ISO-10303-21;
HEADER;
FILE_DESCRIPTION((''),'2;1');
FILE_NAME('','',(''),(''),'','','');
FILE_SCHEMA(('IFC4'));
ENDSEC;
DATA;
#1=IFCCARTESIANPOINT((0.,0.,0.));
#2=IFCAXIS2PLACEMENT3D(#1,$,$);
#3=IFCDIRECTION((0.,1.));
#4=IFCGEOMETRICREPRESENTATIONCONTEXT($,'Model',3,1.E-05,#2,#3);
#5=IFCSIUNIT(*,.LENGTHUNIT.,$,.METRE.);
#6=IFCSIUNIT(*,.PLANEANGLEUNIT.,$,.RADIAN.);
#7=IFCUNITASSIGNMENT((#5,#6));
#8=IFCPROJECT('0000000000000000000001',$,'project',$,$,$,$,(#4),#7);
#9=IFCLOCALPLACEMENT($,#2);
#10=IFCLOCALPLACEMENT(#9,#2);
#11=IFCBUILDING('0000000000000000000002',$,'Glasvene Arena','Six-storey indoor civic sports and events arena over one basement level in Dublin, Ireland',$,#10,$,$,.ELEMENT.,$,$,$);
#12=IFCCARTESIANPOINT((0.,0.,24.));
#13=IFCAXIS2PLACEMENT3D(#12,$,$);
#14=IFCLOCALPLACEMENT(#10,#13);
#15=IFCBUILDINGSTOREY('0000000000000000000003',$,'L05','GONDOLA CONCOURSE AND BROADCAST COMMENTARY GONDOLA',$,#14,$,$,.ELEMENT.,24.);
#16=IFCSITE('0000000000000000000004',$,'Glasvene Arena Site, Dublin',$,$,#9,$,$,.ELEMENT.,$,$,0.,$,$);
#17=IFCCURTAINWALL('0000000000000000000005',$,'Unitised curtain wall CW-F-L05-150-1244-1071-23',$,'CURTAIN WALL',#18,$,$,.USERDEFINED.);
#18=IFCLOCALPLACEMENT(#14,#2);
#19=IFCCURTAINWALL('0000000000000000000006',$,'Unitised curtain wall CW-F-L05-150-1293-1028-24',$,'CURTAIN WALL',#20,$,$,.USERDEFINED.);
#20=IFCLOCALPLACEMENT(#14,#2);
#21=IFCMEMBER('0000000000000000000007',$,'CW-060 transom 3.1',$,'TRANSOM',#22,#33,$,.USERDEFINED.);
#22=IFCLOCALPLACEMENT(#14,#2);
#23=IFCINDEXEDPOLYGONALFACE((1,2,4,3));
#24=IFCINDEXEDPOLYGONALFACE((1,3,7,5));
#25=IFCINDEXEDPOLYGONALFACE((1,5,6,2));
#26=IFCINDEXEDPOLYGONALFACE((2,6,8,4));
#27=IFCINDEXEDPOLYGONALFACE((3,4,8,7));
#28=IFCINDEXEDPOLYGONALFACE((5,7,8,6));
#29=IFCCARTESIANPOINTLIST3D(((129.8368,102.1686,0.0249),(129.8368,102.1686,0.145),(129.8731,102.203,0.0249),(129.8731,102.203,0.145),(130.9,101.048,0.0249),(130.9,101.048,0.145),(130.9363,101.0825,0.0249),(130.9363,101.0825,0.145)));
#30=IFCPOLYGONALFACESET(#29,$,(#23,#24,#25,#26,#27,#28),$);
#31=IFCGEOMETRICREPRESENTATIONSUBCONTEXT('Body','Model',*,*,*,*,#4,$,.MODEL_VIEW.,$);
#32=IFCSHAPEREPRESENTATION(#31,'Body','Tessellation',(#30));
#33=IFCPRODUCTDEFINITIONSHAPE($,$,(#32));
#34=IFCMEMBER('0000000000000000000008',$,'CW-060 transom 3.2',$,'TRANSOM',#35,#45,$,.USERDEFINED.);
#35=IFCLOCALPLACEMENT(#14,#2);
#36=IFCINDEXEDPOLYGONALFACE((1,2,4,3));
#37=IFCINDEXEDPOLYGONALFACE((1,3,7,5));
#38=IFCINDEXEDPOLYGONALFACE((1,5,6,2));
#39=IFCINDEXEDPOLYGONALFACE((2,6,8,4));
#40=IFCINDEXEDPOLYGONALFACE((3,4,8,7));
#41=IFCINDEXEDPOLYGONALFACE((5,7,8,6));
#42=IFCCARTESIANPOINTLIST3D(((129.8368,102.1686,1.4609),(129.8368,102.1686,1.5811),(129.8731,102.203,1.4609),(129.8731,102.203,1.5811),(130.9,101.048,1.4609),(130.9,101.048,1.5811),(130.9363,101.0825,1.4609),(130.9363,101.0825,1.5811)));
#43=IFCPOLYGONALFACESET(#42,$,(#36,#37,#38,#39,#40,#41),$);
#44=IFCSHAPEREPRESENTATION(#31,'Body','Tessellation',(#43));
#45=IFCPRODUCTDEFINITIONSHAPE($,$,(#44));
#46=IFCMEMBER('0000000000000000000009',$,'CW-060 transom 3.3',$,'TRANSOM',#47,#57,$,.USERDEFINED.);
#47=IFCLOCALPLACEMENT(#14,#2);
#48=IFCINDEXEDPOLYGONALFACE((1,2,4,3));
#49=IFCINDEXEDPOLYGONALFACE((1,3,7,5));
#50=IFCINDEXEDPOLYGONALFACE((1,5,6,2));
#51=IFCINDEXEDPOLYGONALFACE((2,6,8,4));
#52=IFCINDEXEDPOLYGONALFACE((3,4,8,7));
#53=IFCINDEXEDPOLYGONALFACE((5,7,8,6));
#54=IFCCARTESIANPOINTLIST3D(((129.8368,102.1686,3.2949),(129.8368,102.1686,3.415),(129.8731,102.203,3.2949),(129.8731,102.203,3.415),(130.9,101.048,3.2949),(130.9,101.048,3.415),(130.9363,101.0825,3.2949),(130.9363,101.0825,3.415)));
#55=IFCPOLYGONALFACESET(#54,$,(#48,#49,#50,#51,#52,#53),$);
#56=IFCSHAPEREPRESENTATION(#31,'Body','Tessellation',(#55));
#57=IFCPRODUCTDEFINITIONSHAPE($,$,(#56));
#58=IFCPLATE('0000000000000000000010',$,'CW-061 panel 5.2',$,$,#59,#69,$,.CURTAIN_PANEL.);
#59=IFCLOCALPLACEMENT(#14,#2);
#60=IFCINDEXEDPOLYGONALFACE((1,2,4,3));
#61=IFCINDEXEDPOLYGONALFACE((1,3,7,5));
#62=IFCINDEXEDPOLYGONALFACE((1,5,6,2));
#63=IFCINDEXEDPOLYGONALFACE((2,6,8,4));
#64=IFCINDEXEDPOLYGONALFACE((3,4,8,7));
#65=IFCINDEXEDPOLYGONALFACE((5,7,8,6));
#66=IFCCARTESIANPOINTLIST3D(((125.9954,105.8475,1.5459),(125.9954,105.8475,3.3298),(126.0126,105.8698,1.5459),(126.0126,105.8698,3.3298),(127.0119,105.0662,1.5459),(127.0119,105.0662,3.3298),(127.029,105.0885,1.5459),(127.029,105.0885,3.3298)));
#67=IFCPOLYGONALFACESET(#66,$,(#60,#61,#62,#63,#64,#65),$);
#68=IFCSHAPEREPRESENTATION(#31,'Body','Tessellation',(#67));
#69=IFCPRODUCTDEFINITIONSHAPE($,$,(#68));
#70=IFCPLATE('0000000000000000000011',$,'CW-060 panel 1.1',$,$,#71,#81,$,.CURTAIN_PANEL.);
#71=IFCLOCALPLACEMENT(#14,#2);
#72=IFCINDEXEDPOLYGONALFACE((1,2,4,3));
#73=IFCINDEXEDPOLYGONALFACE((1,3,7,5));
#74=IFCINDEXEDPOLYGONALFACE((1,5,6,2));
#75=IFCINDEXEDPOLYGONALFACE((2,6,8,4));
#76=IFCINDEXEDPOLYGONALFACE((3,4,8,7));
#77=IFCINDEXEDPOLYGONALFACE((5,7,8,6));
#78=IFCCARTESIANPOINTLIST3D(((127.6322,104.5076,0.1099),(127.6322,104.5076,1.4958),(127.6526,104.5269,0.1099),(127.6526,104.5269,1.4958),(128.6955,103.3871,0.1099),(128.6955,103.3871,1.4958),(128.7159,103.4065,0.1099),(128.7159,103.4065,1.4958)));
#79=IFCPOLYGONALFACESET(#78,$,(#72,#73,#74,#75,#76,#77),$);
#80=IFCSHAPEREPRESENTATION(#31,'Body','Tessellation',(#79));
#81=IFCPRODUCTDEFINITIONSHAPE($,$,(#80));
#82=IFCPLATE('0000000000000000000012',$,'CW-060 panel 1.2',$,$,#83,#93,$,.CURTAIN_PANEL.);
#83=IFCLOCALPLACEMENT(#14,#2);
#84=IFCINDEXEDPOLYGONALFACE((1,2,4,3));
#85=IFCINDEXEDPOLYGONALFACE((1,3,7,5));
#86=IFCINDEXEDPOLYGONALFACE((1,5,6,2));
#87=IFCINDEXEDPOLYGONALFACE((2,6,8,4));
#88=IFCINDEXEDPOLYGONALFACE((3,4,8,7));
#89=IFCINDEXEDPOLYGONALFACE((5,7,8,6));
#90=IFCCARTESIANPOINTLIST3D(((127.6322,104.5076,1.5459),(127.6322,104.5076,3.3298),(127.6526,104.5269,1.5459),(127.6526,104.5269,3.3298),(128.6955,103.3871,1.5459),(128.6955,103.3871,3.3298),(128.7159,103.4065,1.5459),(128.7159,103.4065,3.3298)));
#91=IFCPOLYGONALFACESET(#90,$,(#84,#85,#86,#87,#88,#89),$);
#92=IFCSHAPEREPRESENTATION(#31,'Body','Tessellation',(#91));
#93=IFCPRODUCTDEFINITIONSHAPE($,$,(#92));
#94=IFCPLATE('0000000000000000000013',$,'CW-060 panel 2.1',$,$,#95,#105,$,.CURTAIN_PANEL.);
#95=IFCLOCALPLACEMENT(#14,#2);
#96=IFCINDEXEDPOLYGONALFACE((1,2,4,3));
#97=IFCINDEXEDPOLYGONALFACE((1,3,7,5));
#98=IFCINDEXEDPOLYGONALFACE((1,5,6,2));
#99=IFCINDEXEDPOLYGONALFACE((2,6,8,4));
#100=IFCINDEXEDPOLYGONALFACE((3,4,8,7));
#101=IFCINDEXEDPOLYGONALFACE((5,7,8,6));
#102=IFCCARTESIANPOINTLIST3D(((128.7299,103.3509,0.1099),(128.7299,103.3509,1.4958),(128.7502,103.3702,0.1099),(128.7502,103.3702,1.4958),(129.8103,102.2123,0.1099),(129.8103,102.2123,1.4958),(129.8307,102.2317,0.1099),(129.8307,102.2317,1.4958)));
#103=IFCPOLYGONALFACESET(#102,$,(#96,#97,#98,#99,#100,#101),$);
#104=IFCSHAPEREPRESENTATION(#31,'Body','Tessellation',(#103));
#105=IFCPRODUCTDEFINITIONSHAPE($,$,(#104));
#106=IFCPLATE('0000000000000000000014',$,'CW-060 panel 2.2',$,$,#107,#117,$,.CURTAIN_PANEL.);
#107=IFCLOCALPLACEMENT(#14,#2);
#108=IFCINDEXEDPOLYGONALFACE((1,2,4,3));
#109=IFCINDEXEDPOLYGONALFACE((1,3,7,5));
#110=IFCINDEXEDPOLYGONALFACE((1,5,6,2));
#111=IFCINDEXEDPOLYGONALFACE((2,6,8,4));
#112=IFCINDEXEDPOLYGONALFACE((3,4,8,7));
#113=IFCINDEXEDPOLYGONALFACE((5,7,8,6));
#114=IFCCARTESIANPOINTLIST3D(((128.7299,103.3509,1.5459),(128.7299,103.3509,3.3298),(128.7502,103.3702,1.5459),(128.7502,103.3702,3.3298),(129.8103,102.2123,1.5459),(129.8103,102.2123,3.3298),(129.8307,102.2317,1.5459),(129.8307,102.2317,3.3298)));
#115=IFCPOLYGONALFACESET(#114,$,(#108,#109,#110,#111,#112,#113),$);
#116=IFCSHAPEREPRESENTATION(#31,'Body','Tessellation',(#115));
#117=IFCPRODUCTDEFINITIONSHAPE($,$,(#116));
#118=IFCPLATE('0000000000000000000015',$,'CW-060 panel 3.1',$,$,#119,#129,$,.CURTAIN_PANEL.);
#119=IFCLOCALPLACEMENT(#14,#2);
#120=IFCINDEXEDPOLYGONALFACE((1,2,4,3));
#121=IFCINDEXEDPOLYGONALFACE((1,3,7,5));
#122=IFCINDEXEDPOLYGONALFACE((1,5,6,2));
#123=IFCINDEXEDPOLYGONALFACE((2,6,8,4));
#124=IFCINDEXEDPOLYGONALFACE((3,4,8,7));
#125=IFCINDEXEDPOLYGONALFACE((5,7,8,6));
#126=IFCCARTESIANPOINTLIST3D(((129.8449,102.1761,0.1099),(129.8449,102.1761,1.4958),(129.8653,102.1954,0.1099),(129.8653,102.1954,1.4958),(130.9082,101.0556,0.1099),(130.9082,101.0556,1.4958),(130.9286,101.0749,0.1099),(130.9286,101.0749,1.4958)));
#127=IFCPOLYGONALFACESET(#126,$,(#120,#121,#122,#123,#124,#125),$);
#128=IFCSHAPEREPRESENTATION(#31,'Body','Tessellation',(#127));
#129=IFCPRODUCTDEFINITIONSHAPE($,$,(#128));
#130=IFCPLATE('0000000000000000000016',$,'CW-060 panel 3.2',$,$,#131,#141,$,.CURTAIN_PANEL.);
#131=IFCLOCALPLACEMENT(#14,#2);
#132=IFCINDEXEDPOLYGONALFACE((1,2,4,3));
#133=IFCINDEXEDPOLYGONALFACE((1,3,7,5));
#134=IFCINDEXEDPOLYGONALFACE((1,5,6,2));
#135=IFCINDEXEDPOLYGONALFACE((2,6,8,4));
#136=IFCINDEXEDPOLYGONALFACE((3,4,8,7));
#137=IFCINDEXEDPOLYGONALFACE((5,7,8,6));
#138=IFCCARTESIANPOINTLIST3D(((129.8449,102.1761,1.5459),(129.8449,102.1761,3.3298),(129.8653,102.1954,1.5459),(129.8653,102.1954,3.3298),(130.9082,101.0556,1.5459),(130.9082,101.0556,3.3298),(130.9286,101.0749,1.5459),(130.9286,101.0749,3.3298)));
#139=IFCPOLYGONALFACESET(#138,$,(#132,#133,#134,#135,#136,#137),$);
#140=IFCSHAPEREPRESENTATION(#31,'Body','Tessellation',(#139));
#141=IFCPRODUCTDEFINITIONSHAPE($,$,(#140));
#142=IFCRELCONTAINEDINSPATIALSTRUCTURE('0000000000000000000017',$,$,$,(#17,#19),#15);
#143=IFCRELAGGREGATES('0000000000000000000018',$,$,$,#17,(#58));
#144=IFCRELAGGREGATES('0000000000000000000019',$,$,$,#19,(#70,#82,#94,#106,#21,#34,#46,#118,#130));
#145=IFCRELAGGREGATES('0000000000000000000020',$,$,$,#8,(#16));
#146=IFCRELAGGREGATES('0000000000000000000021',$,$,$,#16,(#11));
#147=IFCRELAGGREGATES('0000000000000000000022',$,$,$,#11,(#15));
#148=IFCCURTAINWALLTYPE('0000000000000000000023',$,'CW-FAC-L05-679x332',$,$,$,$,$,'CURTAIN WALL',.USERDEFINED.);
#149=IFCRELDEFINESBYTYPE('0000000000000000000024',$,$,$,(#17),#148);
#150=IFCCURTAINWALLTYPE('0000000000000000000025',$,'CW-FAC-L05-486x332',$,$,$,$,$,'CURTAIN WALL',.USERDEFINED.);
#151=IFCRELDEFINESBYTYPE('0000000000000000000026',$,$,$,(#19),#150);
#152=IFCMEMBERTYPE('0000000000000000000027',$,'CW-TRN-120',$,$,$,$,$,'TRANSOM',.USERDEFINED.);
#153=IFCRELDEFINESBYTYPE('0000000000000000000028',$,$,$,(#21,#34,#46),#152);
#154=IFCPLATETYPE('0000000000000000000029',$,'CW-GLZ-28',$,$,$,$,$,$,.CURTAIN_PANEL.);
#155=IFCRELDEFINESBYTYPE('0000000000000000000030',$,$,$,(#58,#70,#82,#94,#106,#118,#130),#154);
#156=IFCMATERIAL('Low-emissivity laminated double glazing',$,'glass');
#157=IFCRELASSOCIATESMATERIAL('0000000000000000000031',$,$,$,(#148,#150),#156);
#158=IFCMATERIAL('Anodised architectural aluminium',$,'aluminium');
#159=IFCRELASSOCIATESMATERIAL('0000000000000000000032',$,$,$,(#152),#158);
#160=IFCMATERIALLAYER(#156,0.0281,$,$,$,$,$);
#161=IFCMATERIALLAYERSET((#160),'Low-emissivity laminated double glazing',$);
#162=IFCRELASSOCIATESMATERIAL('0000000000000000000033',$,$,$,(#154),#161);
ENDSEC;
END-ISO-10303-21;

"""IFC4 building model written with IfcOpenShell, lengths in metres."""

from ifc_helpers import new_model, si_unit, direction, frame, origin, origin_2d, place, context, subcontext, project, spatial, rectangle, extrude, material, layer, layer_set, material_profile, profile_set, type_object, element, aggregate, save


model = new_model("IFC4")

# Units and contexts
model_context = context("Model", 3, precision=1e-05, world=origin(), true_north=direction((0.0, 1.0)))
body_context = subcontext(model_context, "Body", "Model", "MODEL_VIEW")
ifc_project = project(units=[si_unit("LENGTHUNIT", "METRE"), si_unit("PLANEANGLEUNIT", "RADIAN")], contexts=[model_context])

# Site, building, storey
site_placement = place(None, origin())
site = spatial("IfcSite", under=ifc_project, at=site_placement, Name="Glasvene Arena Site, Dublin", CompositionType="ELEMENT", RefElevation=0.0)
building_placement = place(site_placement, origin())
building = spatial("IfcBuilding", under=site, at=building_placement, Name="Glasvene Arena", Description="Six-storey indoor civic sports and events arena over one basement level in Dublin, Ireland", CompositionType="ELEMENT")
storey_placement = place(building_placement, frame((0.0, 0.0, 24.0)))
storey = spatial("IfcBuildingStorey", under=building, at=storey_placement, Name="L05", Description="GONDOLA CONCOURSE AND BROADCAST COMMENTARY GONDOLA", CompositionType="ELEMENT", Elevation=24.0)

# Curtain wall
ifc_material_1 = material(Name="Low-emissivity laminated double glazing", Category="glass")
curtain_wall_type_1 = type_object("IfcCurtainWallType", Name="CW-FAC-L05-679x332", ElementType="CURTAIN WALL", PredefinedType="USERDEFINED", material=ifc_material_1)
curtain_wall_1_placement = place(storey_placement, frame((121.6804, 109.1821, 0.0)))
curtain_wall_1 = element("IfcCurtainWall", 1, at=curtain_wall_1_placement, inside=storey, type_object=curtain_wall_type_1, Name="Unitised curtain wall CW-F-L05-150-1244-1071-23", ObjectType="CURTAIN WALL", PredefinedType="USERDEFINED")
ifc_material_2 = material(Name="Anodised architectural aluminium", Category="aluminium")

# Curtain wall, members
curtain_wall_type_2 = type_object("IfcCurtainWallType", Name="CW-FAC-L05-486x332", ElementType="CURTAIN WALL", PredefinedType="USERDEFINED", material=ifc_material_1)
curtain_wall_2_placement = place(storey_placement, frame((127.6079, 104.5535, 0.0)))
curtain_wall_2 = element("IfcCurtainWall", 2, at=curtain_wall_2_placement, inside=storey, type_object=curtain_wall_type_2, Name="Unitised curtain wall CW-F-L05-150-1293-1028-24", ObjectType="CURTAIN WALL", PredefinedType="USERDEFINED")
ifc_material_profile_1 = material_profile(ifc_material_2, rectangle(XDim=0.05, YDim=0.1201, at=origin_2d()), Name="ALU TRANSOM 50x120")
ifc_profile_set_1 = profile_set([ifc_material_profile_1], Name="Anodised architectural aluminium")
member_type_1 = type_object("IfcMemberType", Name="CW-TRN-120", ElementType="TRANSOM", PredefinedType="USERDEFINED", material=ifc_profile_set_1)
member_1_placement = place(storey_placement, frame((129.855, 102.1858, 0.085), z_axis=(0.688292, -0.725433, 0.0), x_axis=(0.725433, 0.688292, 0.0)))
member_1 = element("IfcMember", 3, at=member_1_placement, type_object=member_type_1, Name="CW-060 transom 3.1", ObjectType="TRANSOM", PredefinedType="USERDEFINED", context=body_context, shape_type="SweptSolid", body=[
    extrude(rectangle(XDim=0.05, YDim=0.1201, at=origin_2d()), origin(), (0.0, 0.0, 1.0), 1.5447),
])
member_2_placement = place(storey_placement, frame((129.855, 102.1858, 1.521), z_axis=(0.688292, -0.725433, 0.0), x_axis=(0.725433, 0.688292, 0.0)))
member_2 = element("IfcMember", 4, at=member_2_placement, type_object=member_type_1, Name="CW-060 transom 3.2", ObjectType="TRANSOM", PredefinedType="USERDEFINED", context=body_context, shape_type="SweptSolid", body=[
    extrude(rectangle(XDim=0.05, YDim=0.1201, at=origin_2d()), origin(), (0.0, 0.0, 1.0), 1.5447),
])
member_3_placement = place(storey_placement, frame((129.855, 102.1858, 3.355), z_axis=(0.688292, -0.725433, 0.0), x_axis=(0.725433, 0.688292, 0.0)))
member_3 = element("IfcMember", 5, at=member_3_placement, type_object=member_type_1, Name="CW-060 transom 3.3", ObjectType="TRANSOM", PredefinedType="USERDEFINED", context=body_context, shape_type="SweptSolid", body=[
    extrude(rectangle(XDim=0.05, YDim=0.1201, at=origin_2d()), origin(), (0.0, 0.0, 1.0), 1.5447),
])

# Plates
ifc_layer = layer(ifc_material_1, 0.0281)
ifc_layer_set = layer_set([ifc_layer], Name="Low-emissivity laminated double glazing")
plate_type = type_object("IfcPlateType", Name="CW-GLZ-28", PredefinedType="CURTAIN_PANEL", material=ifc_layer_set)
plate_1_placement = place(storey_placement, frame((126.5122, 105.468, 1.5459), z_axis=(0.0, 0.0, 1.0), x_axis=(0.79284, -0.60943, 0.0)))
plate_1 = element("IfcPlate", 6, at=plate_1_placement, type_object=plate_type, Name="CW-061 panel 5.2", PredefinedType="CURTAIN_PANEL", context=body_context, shape_type="SweptSolid", body=[
    extrude(rectangle(XDim=1.282, YDim=0.0281, at=origin_2d()), origin(), (0.0, 0.0, 1.0), 1.7839),
])
aggregate(curtain_wall_1, [plate_1])
plate_2_placement = place(storey_placement, frame((128.1741, 103.957, 0.1099), z_axis=(0.0, 0.0, 1.0), x_axis=(0.688363, -0.725367, 0.0)))
plate_2 = element("IfcPlate", 7, at=plate_2_placement, type_object=plate_type, Name="CW-060 panel 1.1", PredefinedType="CURTAIN_PANEL", context=body_context, shape_type="SweptSolid", body=[
    extrude(rectangle(XDim=1.5447, YDim=0.0281, at=origin_2d()), origin(), (0.0, 0.0, 1.0), 1.386),
])
plate_3_placement = place(storey_placement, frame((128.1741, 103.957, 1.5459), z_axis=(0.0, 0.0, 1.0), x_axis=(0.688363, -0.725367, 0.0)))
plate_3 = element("IfcPlate", 8, at=plate_3_placement, type_object=plate_type, Name="CW-060 panel 1.2", PredefinedType="CURTAIN_PANEL", context=body_context, shape_type="SweptSolid", body=[
    extrude(rectangle(XDim=1.5447, YDim=0.0281, at=origin_2d()), origin(), (0.0, 0.0, 1.0), 1.7839),
])
plate_4_placement = place(storey_placement, frame((129.2803, 102.7913, 0.1099), z_axis=(0.0, 0.0, 1.0), x_axis=(0.688363, -0.725367, 0.0)))
plate_4 = element("IfcPlate", 9, at=plate_4_placement, type_object=plate_type, Name="CW-060 panel 2.1", PredefinedType="CURTAIN_PANEL", context=body_context, shape_type="SweptSolid", body=[
    extrude(rectangle(XDim=1.5696, YDim=0.0281, at=origin_2d()), origin(), (0.0, 0.0, 1.0), 1.386),
])
plate_5_placement = place(storey_placement, frame((129.2803, 102.7913, 1.5459), z_axis=(0.0, 0.0, 1.0), x_axis=(0.688363, -0.725367, 0.0)))
plate_5 = element("IfcPlate", 10, at=plate_5_placement, type_object=plate_type, Name="CW-060 panel 2.2", PredefinedType="CURTAIN_PANEL", context=body_context, shape_type="SweptSolid", body=[
    extrude(rectangle(XDim=1.5696, YDim=0.0281, at=origin_2d()), origin(), (0.0, 0.0, 1.0), 1.7839),
])
plate_6_placement = place(storey_placement, frame((130.3867, 101.6255, 0.1099), z_axis=(0.0, 0.0, 1.0), x_axis=(0.688363, -0.725367, 0.0)))
plate_6 = element("IfcPlate", 11, at=plate_6_placement, type_object=plate_type, Name="CW-060 panel 3.1", PredefinedType="CURTAIN_PANEL", context=body_context, shape_type="SweptSolid", body=[
    extrude(rectangle(XDim=1.5447, YDim=0.0281, at=origin_2d()), origin(), (0.0, 0.0, 1.0), 1.386),
])
plate_7_placement = place(storey_placement, frame((130.3867, 101.6255, 1.5459), z_axis=(0.0, 0.0, 1.0), x_axis=(0.688363, -0.725367, 0.0)))
plate_7 = element("IfcPlate", 12, at=plate_7_placement, type_object=plate_type, Name="CW-060 panel 3.2", PredefinedType="CURTAIN_PANEL", context=body_context, shape_type="SweptSolid", body=[
    extrude(rectangle(XDim=1.5447, YDim=0.0281, at=origin_2d()), origin(), (0.0, 0.0, 1.0), 1.7839),
])
aggregate(curtain_wall_2, [plate_2, plate_3, plate_4, plate_5, member_1, member_2, member_3, plate_6, plate_7])

save(model, "model.ifc")
